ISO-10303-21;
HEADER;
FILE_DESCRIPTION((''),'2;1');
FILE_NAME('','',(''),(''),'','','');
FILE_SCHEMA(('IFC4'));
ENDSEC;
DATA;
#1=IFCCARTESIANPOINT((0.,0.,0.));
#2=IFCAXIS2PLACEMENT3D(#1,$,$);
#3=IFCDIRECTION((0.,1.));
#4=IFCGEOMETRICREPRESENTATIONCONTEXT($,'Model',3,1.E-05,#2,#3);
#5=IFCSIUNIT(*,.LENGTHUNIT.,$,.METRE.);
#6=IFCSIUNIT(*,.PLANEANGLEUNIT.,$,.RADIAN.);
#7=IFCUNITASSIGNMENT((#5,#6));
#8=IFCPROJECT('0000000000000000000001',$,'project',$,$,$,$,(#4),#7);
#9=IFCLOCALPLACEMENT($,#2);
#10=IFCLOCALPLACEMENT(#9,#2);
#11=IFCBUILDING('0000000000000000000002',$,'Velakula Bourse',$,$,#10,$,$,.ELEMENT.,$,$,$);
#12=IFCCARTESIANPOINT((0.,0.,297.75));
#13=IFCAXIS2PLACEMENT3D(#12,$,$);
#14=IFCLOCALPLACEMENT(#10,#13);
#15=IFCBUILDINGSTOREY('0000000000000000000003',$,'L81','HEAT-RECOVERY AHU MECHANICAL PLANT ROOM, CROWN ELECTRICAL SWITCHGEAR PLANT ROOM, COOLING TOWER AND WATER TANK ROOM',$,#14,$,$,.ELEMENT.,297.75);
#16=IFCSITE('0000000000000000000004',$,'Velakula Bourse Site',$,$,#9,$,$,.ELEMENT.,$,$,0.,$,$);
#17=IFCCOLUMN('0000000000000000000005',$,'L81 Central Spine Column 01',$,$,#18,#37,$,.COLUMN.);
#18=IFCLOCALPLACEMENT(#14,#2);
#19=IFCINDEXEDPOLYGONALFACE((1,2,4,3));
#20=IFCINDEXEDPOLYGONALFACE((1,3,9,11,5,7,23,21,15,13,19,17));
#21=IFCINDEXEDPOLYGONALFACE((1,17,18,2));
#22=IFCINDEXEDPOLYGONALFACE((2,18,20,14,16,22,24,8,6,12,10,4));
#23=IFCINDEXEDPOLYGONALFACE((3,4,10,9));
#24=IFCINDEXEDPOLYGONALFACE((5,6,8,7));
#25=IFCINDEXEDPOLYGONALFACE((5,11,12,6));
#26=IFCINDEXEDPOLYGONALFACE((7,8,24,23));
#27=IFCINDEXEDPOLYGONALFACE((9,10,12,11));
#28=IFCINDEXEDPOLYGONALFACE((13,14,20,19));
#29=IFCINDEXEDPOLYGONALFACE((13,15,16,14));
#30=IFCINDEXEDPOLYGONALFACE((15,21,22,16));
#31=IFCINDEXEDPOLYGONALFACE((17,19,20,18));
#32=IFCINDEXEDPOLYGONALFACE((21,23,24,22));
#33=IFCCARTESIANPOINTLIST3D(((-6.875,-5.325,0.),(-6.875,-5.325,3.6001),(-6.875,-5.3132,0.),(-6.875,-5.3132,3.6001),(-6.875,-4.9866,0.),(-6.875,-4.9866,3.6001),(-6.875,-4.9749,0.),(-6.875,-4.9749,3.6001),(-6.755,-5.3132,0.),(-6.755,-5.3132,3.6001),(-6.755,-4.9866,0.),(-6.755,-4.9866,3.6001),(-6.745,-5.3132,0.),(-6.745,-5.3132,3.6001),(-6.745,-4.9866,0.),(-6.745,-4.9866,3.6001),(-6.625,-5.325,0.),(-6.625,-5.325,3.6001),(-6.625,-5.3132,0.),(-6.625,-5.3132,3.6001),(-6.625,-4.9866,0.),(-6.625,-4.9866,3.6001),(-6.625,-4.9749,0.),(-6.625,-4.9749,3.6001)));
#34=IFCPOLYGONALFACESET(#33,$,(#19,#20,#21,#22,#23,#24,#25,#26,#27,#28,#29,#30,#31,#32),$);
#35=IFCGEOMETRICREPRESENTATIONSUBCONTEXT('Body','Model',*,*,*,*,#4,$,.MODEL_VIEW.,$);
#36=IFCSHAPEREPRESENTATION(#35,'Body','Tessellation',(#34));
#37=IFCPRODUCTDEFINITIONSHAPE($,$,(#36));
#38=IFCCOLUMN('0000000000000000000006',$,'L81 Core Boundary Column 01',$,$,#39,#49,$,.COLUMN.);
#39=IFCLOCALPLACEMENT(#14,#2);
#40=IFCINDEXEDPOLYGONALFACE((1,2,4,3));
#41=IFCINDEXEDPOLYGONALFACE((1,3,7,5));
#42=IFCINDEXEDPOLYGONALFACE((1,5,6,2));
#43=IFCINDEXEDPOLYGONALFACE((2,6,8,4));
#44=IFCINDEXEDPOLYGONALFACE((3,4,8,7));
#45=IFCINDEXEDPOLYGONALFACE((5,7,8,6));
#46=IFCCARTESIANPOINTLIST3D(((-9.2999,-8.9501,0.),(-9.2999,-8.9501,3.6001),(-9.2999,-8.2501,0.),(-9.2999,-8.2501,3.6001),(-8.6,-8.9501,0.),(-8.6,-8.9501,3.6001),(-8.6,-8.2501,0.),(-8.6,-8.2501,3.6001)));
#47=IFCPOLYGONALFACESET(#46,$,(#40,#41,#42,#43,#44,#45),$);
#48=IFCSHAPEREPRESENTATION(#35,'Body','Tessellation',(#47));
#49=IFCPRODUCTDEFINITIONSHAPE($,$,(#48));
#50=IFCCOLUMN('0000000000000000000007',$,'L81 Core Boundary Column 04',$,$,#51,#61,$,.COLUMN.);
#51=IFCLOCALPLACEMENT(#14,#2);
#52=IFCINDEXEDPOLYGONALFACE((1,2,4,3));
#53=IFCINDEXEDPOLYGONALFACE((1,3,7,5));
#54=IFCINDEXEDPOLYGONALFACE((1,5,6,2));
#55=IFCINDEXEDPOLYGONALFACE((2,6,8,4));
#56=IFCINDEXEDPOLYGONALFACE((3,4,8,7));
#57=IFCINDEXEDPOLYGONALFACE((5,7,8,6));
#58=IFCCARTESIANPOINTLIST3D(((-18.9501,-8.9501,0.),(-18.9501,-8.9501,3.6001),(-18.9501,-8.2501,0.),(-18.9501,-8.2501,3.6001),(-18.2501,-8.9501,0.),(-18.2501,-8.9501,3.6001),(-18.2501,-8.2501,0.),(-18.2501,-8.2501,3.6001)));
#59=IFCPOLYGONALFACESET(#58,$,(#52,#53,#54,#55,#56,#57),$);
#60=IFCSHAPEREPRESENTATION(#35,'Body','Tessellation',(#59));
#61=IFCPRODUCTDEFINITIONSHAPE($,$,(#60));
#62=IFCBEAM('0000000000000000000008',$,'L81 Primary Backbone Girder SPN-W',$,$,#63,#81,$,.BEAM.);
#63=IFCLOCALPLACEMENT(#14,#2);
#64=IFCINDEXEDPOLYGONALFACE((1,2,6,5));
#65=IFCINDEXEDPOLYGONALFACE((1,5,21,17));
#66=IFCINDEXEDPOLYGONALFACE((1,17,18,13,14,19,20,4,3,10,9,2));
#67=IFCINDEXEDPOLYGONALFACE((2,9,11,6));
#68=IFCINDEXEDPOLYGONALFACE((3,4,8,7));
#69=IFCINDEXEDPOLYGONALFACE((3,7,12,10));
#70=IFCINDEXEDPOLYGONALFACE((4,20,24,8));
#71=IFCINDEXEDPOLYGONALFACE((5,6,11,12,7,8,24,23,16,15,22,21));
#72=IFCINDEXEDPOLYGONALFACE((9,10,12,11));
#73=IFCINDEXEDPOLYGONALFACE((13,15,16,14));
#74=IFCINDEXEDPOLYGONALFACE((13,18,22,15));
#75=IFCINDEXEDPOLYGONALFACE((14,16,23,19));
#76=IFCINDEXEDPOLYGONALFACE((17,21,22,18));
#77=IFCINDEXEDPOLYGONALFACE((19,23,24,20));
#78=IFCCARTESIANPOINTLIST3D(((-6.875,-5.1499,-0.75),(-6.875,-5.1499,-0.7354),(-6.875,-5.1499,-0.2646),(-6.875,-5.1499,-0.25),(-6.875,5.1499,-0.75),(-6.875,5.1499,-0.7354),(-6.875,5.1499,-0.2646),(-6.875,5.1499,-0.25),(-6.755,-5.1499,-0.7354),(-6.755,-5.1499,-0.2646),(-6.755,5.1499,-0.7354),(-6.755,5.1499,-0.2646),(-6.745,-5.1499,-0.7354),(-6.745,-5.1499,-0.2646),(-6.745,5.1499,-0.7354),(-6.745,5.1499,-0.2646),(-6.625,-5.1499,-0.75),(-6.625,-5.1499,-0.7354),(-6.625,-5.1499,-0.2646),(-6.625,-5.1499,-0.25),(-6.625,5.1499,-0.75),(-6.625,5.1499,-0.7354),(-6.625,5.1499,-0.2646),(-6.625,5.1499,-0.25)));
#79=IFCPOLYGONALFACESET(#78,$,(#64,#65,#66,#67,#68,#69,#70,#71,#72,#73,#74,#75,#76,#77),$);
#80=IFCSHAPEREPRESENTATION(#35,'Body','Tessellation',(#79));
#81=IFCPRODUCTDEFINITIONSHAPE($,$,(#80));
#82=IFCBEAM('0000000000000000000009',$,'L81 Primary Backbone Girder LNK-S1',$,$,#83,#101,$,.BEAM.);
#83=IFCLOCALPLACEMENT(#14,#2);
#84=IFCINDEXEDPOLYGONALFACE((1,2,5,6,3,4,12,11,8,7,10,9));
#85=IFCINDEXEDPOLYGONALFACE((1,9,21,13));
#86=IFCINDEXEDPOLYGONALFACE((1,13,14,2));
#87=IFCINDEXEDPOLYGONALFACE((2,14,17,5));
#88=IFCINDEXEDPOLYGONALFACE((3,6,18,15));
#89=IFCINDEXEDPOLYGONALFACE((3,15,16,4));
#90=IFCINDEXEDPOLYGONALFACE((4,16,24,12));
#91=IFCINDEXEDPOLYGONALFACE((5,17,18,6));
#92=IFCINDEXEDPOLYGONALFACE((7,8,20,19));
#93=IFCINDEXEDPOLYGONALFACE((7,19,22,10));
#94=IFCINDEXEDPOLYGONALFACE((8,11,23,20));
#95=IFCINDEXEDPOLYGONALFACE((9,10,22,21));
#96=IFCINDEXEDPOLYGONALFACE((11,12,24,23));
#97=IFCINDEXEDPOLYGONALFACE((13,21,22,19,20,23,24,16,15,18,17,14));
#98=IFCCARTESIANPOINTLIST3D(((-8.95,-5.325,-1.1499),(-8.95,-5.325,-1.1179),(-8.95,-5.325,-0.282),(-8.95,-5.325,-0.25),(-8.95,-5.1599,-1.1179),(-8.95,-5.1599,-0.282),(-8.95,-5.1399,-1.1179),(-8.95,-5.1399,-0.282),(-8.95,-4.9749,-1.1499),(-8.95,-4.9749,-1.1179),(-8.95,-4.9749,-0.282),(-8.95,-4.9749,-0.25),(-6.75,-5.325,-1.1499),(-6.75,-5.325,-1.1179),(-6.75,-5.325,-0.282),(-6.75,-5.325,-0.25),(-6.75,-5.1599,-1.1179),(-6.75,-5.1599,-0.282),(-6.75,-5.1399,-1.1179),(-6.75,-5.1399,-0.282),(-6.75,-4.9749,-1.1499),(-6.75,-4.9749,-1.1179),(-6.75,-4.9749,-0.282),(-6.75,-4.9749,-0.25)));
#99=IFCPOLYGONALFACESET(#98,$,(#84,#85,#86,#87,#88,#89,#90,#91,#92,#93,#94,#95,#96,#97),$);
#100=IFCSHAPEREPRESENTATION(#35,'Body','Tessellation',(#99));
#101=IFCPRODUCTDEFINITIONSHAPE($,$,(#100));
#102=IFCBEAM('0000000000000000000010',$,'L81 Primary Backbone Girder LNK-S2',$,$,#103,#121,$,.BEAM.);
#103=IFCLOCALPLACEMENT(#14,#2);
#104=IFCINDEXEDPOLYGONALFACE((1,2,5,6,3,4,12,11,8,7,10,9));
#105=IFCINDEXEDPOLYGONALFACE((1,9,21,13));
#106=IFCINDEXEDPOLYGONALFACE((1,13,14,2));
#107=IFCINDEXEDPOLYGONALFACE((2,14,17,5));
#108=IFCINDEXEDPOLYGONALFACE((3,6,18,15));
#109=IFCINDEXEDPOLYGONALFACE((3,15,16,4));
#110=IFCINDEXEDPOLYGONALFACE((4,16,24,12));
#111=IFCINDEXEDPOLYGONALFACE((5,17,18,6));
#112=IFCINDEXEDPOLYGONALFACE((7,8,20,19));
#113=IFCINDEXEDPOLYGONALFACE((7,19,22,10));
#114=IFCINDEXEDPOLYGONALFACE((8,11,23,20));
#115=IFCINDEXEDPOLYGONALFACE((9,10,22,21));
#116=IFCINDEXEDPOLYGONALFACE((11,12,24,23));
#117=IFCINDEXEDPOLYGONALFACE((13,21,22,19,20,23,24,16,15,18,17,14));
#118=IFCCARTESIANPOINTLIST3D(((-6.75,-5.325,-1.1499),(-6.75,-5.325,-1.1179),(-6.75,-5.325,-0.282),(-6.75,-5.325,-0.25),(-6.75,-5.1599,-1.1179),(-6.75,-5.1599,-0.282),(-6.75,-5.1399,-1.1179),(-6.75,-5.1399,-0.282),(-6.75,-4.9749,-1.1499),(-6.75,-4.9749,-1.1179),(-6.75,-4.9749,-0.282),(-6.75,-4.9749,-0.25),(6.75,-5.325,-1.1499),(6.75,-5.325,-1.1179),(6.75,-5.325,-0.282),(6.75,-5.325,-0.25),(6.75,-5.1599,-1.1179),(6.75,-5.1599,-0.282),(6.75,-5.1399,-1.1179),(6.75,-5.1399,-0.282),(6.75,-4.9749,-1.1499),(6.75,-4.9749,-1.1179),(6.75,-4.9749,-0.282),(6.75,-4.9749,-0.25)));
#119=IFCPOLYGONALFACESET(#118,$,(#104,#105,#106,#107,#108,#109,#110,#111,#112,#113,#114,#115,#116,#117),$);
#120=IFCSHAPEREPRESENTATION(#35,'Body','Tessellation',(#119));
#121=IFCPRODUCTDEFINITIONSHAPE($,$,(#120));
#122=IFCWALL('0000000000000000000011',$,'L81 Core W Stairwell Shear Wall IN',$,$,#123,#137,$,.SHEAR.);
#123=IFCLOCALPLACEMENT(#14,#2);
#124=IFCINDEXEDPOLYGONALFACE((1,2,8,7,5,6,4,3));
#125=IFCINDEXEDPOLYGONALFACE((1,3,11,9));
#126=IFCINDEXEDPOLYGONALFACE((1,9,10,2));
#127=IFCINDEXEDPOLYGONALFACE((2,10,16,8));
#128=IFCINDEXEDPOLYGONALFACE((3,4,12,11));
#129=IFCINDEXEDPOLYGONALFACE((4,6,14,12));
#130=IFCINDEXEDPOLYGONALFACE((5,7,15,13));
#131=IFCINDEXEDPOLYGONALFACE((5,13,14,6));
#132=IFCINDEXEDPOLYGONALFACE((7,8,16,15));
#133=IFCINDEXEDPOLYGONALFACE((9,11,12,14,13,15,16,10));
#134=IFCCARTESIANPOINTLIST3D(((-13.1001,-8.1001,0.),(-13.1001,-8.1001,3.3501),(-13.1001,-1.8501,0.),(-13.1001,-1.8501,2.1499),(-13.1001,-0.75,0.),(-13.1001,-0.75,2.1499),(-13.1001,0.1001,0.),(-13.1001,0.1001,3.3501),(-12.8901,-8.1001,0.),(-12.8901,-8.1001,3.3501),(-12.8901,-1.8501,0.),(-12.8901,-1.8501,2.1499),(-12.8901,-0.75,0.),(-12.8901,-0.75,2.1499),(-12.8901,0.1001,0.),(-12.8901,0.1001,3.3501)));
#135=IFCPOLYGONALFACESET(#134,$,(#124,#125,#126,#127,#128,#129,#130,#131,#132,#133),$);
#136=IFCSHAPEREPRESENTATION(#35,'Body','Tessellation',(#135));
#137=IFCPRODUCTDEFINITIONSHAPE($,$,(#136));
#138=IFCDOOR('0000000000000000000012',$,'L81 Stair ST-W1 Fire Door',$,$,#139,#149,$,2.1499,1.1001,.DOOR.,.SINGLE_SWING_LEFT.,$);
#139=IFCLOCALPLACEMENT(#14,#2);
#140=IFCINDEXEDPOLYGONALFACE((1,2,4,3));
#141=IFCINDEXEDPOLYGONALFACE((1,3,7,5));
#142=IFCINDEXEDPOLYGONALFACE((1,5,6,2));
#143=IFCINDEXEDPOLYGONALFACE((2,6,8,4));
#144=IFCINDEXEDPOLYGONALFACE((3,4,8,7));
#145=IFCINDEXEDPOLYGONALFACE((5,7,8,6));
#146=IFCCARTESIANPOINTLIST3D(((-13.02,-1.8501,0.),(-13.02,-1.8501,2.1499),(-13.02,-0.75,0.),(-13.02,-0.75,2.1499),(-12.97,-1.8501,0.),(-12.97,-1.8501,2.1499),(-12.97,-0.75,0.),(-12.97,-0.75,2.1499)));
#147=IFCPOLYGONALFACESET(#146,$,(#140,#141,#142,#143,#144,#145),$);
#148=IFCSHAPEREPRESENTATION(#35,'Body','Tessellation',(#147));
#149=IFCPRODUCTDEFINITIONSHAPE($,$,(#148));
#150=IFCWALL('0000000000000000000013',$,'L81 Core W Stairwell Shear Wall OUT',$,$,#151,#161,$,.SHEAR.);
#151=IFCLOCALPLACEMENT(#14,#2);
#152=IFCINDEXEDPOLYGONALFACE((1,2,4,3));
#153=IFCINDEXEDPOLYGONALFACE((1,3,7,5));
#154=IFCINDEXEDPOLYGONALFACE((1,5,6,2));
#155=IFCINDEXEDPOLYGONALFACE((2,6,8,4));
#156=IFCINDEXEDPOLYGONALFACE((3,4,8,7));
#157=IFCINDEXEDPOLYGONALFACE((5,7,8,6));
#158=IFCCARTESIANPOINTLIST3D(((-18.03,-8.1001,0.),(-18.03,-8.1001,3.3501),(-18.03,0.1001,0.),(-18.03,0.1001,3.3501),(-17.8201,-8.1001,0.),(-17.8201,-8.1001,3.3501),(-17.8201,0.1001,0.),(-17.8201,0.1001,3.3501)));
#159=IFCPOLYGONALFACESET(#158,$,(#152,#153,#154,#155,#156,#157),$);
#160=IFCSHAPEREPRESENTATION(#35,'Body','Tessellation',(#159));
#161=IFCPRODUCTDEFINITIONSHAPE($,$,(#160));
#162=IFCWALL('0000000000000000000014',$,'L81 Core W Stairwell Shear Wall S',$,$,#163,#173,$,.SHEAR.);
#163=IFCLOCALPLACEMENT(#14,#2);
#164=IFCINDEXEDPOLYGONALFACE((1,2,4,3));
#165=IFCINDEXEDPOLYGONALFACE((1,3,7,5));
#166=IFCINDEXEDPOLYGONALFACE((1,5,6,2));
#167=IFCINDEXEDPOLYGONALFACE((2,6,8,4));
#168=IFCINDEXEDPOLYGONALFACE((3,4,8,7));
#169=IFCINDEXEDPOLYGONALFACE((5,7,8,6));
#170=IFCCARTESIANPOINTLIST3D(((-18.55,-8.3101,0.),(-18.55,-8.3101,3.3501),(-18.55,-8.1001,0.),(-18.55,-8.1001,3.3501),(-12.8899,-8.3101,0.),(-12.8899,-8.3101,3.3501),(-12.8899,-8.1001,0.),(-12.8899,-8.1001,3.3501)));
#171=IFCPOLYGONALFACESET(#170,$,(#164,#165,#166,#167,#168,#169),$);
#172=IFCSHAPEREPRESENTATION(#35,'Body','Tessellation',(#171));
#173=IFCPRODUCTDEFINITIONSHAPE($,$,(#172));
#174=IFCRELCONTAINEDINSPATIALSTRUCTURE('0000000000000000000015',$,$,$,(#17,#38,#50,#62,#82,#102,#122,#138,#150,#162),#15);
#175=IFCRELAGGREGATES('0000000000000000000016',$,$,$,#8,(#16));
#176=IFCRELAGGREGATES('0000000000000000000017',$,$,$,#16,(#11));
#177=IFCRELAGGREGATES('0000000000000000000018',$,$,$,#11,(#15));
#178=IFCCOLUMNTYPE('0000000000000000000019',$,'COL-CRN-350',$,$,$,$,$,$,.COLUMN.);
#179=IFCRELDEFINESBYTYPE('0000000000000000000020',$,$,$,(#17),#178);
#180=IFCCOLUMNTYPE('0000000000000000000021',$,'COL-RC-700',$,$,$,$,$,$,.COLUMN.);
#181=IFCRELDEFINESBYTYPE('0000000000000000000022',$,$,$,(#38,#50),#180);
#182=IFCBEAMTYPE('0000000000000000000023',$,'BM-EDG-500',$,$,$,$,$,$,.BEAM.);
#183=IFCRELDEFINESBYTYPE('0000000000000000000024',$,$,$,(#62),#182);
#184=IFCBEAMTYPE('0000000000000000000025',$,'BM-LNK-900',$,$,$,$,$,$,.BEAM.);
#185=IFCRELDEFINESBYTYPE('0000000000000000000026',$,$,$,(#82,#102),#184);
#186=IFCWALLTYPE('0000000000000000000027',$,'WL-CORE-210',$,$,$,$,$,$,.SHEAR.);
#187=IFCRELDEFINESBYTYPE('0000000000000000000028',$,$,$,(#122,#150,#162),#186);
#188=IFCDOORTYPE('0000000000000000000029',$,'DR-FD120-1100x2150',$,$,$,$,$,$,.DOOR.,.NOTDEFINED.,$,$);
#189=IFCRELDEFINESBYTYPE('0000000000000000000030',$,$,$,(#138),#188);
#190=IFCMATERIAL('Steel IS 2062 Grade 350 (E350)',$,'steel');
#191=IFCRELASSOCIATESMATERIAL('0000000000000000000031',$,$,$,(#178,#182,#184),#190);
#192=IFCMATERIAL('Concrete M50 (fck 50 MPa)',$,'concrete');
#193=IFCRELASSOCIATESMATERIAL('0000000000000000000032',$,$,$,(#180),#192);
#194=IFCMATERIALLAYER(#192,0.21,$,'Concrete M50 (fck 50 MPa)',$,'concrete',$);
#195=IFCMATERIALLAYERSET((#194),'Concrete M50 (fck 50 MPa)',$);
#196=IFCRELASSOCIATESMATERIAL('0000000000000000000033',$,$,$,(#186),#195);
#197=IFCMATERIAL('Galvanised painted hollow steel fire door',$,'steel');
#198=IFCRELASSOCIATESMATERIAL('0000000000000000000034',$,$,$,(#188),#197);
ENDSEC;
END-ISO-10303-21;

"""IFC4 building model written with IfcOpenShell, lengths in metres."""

from ifc_helpers import new_model, si_unit, direction, frame, frame_2d, origin, origin_2d, place, context, subcontext, project, spatial, rectangle, i_section, extrude, material, layer, layer_set, material_profile, profile_set, type_object, element, fill, save


model = new_model("IFC4")

# Units and contexts
model_context = context("Model", 3, precision=1e-05, world=origin(), true_north=direction((0.0, 1.0)))
body_context = subcontext(model_context, "Body", "Model", "MODEL_VIEW")
ifc_project = project(units=[si_unit("LENGTHUNIT", "METRE"), si_unit("PLANEANGLEUNIT", "RADIAN")], contexts=[model_context])

# Site, building, storey
site_placement = place(None, origin())
site = spatial("IfcSite", under=ifc_project, at=site_placement, Name="Velakula Bourse Site", CompositionType="ELEMENT", RefElevation=0.0)
building_placement = place(site_placement, origin())
building = spatial("IfcBuilding", under=site, at=building_placement, Name="Velakula Bourse", CompositionType="ELEMENT")
storey_placement = place(building_placement, frame((0.0, 0.0, 297.75)))
storey = spatial("IfcBuildingStorey", under=building, at=storey_placement, Name="L81", Description="HEAT-RECOVERY AHU MECHANICAL PLANT ROOM, CROWN ELECTRICAL SWITCHGEAR PLANT ROOM, COOLING TOWER AND WATER TANK ROOM", CompositionType="ELEMENT", Elevation=297.75)

# Columns
ifc_material_1 = material(Name="Steel IS 2062 Grade 350 (E350)", Category="steel")
ifc_material_profile_1 = material_profile(ifc_material_1, i_section(OverallWidth=0.25, OverallDepth=0.3501, WebThickness=0.01, FlangeThickness=0.0117, at=origin_2d()), Name="Steel IS 2062 Grade 350 (E350)")
ifc_profile_set_1 = profile_set([ifc_material_profile_1], Name="Steel IS 2062 Grade 350 (E350)")
column_type_1 = type_object("IfcColumnType", Name="COL-CRN-350", PredefinedType="COLUMN", material=ifc_profile_set_1)
column_placement = place(storey_placement, frame((-6.75, -5.1499, 0.0), z_axis=(0.0, 0.0, 1.0), x_axis=(1.0, 0.0, 0.0)))
element("IfcColumn", 1, at=column_placement, inside=storey, type_object=column_type_1, Name="L81 Central Spine Column 01", PredefinedType="COLUMN", context=body_context, shape_type="SweptSolid", body=[
    extrude(i_section(OverallWidth=0.25, OverallDepth=0.3501, WebThickness=0.01, FlangeThickness=0.0117, at=origin_2d()), origin(), (0.0, 0.0, 1.0), 3.6001),
])
ifc_material_2 = material(Name="Concrete M50 (fck 50 MPa)", Category="concrete")
ifc_material_profile_2 = material_profile(ifc_material_2, rectangle(XDim=0.7, YDim=0.7, at=origin_2d()), Name="Concrete M50 (fck 50 MPa)")
ifc_profile_set_2 = profile_set([ifc_material_profile_2], Name="Concrete M50 (fck 50 MPa)")
column_type_2 = type_object("IfcColumnType", Name="COL-RC-700", PredefinedType="COLUMN", material=ifc_profile_set_2)
for number, where, z_axis, x_axis, name in (
    (2, (-8.95, -8.6001, 0.0), (0.0, 0.0, 1.0), (1.0, 0.0, 0.0), "L81 Core Boundary Column 01"),
    (3, (-18.6001, -8.6001, 0.0), (0.0, 0.0, 1.0), (1.0, 0.0, 0.0), "L81 Core Boundary Column 04"),
):
    element("IfcColumn", number, at=place(storey_placement, frame(where, z_axis=z_axis, x_axis=x_axis)), inside=storey, type_object=column_type_2, Name=name, PredefinedType="COLUMN", context=body_context, shape_type="SweptSolid", body=[
        extrude(rectangle(XDim=0.7, YDim=0.7, at=origin_2d()), origin(), (0.0, 0.0, 1.0), 3.6001),
    ])

# Beams
ifc_material_profile_3 = material_profile(ifc_material_1, i_section(OverallWidth=0.25, OverallDepth=0.5, WebThickness=0.01, FlangeThickness=0.0146, at=origin_2d()), Name="Steel IS 2062 Grade 350 (E350)")
ifc_profile_set_3 = profile_set([ifc_material_profile_3], Name="Steel IS 2062 Grade 350 (E350)")
beam_type_1 = type_object("IfcBeamType", Name="BM-EDG-500", PredefinedType="BEAM", material=ifc_profile_set_3)
beam_1_placement = place(storey_placement, frame((-6.75, -5.1499, -0.5), z_axis=(0.0, 1.0, 0.0), x_axis=(-1.0, 0.0, 0.0)))
element("IfcBeam", 4, at=beam_1_placement, inside=storey, type_object=beam_type_1, Name="L81 Primary Backbone Girder SPN-W", PredefinedType="BEAM", context=body_context, shape_type="SweptSolid", body=[
    extrude(i_section(OverallWidth=0.25, OverallDepth=0.5, WebThickness=0.01, FlangeThickness=0.0146, at=origin_2d()), origin(), (0.0, 0.0, 1.0), 10.2998),
])
ifc_material_profile_4 = material_profile(ifc_material_1, i_section(OverallWidth=0.3501, OverallDepth=0.8999, WebThickness=0.02, FlangeThickness=0.032, at=origin_2d()), Name="Steel IS 2062 Grade 350 (E350)")
ifc_profile_set_4 = profile_set([ifc_material_profile_4], Name="Steel IS 2062 Grade 350 (E350)")
beam_type_2 = type_object("IfcBeamType", Name="BM-LNK-900", PredefinedType="BEAM", material=ifc_profile_set_4)
beam_2_placement = place(storey_placement, frame((-8.95, -5.1499, -0.7), z_axis=(1.0, 0.0, 0.0), x_axis=(0.0, 1.0, 0.0)))
element("IfcBeam", 5, at=beam_2_placement, inside=storey, type_object=beam_type_2, Name="L81 Primary Backbone Girder LNK-S1", PredefinedType="BEAM", context=body_context, shape_type="SweptSolid", body=[
    extrude(i_section(OverallWidth=0.3501, OverallDepth=0.8999, WebThickness=0.02, FlangeThickness=0.032, at=origin_2d()), origin(), (0.0, 0.0, 1.0), 2.2),
])
beam_3_placement = place(storey_placement, frame((-6.75, -5.1499, -0.7), z_axis=(1.0, 0.0, 0.0), x_axis=(0.0, 1.0, 0.0)))
element("IfcBeam", 6, at=beam_3_placement, inside=storey, type_object=beam_type_2, Name="L81 Primary Backbone Girder LNK-S2", PredefinedType="BEAM", context=body_context, shape_type="SweptSolid", body=[
    extrude(i_section(OverallWidth=0.3501, OverallDepth=0.8999, WebThickness=0.02, FlangeThickness=0.032, at=origin_2d()), origin(), (0.0, 0.0, 1.0), 13.5),
])

# Wall, opening, door
ifc_layer_1 = layer(ifc_material_2, 0.21, Name="Concrete M50 (fck 50 MPa)", Category="concrete")
ifc_layer_set_1 = layer_set([ifc_layer_1], Name="Concrete M50 (fck 50 MPa)")
wall_type_1 = type_object("IfcWallType", Name="WL-CORE-210", PredefinedType="SHEAR", material=ifc_layer_set_1)
wall_1_placement = place(storey_placement, frame((-12.9951, -8.1001, 0.0), z_axis=(0.0, 0.0, 1.0), x_axis=(0.0, 1.0, 0.0)))
wall_1 = element("IfcWall", 7, at=wall_1_placement, inside=storey, type_object=wall_type_1, Name="L81 Core W Stairwell Shear Wall IN", PredefinedType="SHEAR", context=body_context, shape_type="SweptSolid", body=[
    extrude(rectangle(XDim=8.2002, YDim=0.21, at=frame_2d((4.1001, 0.0))), origin(), (0.0, 0.0, 1.0), 3.3501),
])
opening_1_placement = place(wall_1_placement, frame((6.25, 0.0, 0.0)))
opening_1 = element("IfcOpeningElement", 8, at=opening_1_placement, cuts=wall_1, PredefinedType="OPENING", context=body_context, shape_type="SweptSolid", body=[
    extrude(rectangle(XDim=1.1001, YDim=2.1499, at=frame_2d((0.55, 1.075))), frame((0.0, 0.115, 0.0), z_axis=(0.0, -1.0, 0.0), x_axis=(1.0, 0.0, 0.0)), (0.0, 0.0, 1.0), 0.23),
])
ifc_material_3 = material(Name="Galvanised painted hollow steel fire door", Category="steel")
door_type_1 = type_object("IfcDoorType", Name="DR-FD120-1100x2150", OperationType="NOTDEFINED", PredefinedType="DOOR", material=ifc_material_3)
door_1_placement = place(opening_1_placement, origin())
door_1 = element("IfcDoor", 9, at=door_1_placement, inside=storey, type_object=door_type_1, Name="L81 Stair ST-W1 Fire Door", OperationType="SINGLE_SWING_LEFT", OverallHeight=2.1499, OverallWidth=1.1001, PredefinedType="DOOR", context=body_context, shape_type="SweptSolid", body=[
    extrude(rectangle(XDim=1.1001, YDim=2.1499, at=frame_2d((0.55, 1.075))), frame((0.0, 0.0249, 0.0), z_axis=(0.0, -1.0, 0.0), x_axis=(1.0, 0.0, 0.0)), (0.0, 0.0, 1.0), 0.05),
])
fill(opening_1, door_1)

# Walls
wall_2_placement = place(storey_placement, frame((-17.925, -8.1001, 0.0), z_axis=(0.0, 0.0, 1.0), x_axis=(0.0, 1.0, 0.0)))
element("IfcWall", 10, at=wall_2_placement, inside=storey, type_object=wall_type_1, Name="L81 Core W Stairwell Shear Wall OUT", PredefinedType="SHEAR", context=body_context, shape_type="SweptSolid", body=[
    extrude(rectangle(XDim=8.2002, YDim=0.21, at=frame_2d((4.1001, 0.0))), origin(), (0.0, 0.0, 1.0), 3.3501),
])
wall_3_placement = place(storey_placement, frame((-18.55, -8.2051, 0.0), z_axis=(0.0, 0.0, 1.0), x_axis=(1.0, 0.0, 0.0)))
element("IfcWall", 11, at=wall_3_placement, inside=storey, type_object=wall_type_1, Name="L81 Core W Stairwell Shear Wall S", PredefinedType="SHEAR", context=body_context, shape_type="SweptSolid", body=[
    extrude(rectangle(XDim=5.6602, YDim=0.21, at=frame_2d((2.8301, 0.0))), origin(), (0.0, 0.0, 1.0), 3.3501),
])

save(model, "model.ifc")
